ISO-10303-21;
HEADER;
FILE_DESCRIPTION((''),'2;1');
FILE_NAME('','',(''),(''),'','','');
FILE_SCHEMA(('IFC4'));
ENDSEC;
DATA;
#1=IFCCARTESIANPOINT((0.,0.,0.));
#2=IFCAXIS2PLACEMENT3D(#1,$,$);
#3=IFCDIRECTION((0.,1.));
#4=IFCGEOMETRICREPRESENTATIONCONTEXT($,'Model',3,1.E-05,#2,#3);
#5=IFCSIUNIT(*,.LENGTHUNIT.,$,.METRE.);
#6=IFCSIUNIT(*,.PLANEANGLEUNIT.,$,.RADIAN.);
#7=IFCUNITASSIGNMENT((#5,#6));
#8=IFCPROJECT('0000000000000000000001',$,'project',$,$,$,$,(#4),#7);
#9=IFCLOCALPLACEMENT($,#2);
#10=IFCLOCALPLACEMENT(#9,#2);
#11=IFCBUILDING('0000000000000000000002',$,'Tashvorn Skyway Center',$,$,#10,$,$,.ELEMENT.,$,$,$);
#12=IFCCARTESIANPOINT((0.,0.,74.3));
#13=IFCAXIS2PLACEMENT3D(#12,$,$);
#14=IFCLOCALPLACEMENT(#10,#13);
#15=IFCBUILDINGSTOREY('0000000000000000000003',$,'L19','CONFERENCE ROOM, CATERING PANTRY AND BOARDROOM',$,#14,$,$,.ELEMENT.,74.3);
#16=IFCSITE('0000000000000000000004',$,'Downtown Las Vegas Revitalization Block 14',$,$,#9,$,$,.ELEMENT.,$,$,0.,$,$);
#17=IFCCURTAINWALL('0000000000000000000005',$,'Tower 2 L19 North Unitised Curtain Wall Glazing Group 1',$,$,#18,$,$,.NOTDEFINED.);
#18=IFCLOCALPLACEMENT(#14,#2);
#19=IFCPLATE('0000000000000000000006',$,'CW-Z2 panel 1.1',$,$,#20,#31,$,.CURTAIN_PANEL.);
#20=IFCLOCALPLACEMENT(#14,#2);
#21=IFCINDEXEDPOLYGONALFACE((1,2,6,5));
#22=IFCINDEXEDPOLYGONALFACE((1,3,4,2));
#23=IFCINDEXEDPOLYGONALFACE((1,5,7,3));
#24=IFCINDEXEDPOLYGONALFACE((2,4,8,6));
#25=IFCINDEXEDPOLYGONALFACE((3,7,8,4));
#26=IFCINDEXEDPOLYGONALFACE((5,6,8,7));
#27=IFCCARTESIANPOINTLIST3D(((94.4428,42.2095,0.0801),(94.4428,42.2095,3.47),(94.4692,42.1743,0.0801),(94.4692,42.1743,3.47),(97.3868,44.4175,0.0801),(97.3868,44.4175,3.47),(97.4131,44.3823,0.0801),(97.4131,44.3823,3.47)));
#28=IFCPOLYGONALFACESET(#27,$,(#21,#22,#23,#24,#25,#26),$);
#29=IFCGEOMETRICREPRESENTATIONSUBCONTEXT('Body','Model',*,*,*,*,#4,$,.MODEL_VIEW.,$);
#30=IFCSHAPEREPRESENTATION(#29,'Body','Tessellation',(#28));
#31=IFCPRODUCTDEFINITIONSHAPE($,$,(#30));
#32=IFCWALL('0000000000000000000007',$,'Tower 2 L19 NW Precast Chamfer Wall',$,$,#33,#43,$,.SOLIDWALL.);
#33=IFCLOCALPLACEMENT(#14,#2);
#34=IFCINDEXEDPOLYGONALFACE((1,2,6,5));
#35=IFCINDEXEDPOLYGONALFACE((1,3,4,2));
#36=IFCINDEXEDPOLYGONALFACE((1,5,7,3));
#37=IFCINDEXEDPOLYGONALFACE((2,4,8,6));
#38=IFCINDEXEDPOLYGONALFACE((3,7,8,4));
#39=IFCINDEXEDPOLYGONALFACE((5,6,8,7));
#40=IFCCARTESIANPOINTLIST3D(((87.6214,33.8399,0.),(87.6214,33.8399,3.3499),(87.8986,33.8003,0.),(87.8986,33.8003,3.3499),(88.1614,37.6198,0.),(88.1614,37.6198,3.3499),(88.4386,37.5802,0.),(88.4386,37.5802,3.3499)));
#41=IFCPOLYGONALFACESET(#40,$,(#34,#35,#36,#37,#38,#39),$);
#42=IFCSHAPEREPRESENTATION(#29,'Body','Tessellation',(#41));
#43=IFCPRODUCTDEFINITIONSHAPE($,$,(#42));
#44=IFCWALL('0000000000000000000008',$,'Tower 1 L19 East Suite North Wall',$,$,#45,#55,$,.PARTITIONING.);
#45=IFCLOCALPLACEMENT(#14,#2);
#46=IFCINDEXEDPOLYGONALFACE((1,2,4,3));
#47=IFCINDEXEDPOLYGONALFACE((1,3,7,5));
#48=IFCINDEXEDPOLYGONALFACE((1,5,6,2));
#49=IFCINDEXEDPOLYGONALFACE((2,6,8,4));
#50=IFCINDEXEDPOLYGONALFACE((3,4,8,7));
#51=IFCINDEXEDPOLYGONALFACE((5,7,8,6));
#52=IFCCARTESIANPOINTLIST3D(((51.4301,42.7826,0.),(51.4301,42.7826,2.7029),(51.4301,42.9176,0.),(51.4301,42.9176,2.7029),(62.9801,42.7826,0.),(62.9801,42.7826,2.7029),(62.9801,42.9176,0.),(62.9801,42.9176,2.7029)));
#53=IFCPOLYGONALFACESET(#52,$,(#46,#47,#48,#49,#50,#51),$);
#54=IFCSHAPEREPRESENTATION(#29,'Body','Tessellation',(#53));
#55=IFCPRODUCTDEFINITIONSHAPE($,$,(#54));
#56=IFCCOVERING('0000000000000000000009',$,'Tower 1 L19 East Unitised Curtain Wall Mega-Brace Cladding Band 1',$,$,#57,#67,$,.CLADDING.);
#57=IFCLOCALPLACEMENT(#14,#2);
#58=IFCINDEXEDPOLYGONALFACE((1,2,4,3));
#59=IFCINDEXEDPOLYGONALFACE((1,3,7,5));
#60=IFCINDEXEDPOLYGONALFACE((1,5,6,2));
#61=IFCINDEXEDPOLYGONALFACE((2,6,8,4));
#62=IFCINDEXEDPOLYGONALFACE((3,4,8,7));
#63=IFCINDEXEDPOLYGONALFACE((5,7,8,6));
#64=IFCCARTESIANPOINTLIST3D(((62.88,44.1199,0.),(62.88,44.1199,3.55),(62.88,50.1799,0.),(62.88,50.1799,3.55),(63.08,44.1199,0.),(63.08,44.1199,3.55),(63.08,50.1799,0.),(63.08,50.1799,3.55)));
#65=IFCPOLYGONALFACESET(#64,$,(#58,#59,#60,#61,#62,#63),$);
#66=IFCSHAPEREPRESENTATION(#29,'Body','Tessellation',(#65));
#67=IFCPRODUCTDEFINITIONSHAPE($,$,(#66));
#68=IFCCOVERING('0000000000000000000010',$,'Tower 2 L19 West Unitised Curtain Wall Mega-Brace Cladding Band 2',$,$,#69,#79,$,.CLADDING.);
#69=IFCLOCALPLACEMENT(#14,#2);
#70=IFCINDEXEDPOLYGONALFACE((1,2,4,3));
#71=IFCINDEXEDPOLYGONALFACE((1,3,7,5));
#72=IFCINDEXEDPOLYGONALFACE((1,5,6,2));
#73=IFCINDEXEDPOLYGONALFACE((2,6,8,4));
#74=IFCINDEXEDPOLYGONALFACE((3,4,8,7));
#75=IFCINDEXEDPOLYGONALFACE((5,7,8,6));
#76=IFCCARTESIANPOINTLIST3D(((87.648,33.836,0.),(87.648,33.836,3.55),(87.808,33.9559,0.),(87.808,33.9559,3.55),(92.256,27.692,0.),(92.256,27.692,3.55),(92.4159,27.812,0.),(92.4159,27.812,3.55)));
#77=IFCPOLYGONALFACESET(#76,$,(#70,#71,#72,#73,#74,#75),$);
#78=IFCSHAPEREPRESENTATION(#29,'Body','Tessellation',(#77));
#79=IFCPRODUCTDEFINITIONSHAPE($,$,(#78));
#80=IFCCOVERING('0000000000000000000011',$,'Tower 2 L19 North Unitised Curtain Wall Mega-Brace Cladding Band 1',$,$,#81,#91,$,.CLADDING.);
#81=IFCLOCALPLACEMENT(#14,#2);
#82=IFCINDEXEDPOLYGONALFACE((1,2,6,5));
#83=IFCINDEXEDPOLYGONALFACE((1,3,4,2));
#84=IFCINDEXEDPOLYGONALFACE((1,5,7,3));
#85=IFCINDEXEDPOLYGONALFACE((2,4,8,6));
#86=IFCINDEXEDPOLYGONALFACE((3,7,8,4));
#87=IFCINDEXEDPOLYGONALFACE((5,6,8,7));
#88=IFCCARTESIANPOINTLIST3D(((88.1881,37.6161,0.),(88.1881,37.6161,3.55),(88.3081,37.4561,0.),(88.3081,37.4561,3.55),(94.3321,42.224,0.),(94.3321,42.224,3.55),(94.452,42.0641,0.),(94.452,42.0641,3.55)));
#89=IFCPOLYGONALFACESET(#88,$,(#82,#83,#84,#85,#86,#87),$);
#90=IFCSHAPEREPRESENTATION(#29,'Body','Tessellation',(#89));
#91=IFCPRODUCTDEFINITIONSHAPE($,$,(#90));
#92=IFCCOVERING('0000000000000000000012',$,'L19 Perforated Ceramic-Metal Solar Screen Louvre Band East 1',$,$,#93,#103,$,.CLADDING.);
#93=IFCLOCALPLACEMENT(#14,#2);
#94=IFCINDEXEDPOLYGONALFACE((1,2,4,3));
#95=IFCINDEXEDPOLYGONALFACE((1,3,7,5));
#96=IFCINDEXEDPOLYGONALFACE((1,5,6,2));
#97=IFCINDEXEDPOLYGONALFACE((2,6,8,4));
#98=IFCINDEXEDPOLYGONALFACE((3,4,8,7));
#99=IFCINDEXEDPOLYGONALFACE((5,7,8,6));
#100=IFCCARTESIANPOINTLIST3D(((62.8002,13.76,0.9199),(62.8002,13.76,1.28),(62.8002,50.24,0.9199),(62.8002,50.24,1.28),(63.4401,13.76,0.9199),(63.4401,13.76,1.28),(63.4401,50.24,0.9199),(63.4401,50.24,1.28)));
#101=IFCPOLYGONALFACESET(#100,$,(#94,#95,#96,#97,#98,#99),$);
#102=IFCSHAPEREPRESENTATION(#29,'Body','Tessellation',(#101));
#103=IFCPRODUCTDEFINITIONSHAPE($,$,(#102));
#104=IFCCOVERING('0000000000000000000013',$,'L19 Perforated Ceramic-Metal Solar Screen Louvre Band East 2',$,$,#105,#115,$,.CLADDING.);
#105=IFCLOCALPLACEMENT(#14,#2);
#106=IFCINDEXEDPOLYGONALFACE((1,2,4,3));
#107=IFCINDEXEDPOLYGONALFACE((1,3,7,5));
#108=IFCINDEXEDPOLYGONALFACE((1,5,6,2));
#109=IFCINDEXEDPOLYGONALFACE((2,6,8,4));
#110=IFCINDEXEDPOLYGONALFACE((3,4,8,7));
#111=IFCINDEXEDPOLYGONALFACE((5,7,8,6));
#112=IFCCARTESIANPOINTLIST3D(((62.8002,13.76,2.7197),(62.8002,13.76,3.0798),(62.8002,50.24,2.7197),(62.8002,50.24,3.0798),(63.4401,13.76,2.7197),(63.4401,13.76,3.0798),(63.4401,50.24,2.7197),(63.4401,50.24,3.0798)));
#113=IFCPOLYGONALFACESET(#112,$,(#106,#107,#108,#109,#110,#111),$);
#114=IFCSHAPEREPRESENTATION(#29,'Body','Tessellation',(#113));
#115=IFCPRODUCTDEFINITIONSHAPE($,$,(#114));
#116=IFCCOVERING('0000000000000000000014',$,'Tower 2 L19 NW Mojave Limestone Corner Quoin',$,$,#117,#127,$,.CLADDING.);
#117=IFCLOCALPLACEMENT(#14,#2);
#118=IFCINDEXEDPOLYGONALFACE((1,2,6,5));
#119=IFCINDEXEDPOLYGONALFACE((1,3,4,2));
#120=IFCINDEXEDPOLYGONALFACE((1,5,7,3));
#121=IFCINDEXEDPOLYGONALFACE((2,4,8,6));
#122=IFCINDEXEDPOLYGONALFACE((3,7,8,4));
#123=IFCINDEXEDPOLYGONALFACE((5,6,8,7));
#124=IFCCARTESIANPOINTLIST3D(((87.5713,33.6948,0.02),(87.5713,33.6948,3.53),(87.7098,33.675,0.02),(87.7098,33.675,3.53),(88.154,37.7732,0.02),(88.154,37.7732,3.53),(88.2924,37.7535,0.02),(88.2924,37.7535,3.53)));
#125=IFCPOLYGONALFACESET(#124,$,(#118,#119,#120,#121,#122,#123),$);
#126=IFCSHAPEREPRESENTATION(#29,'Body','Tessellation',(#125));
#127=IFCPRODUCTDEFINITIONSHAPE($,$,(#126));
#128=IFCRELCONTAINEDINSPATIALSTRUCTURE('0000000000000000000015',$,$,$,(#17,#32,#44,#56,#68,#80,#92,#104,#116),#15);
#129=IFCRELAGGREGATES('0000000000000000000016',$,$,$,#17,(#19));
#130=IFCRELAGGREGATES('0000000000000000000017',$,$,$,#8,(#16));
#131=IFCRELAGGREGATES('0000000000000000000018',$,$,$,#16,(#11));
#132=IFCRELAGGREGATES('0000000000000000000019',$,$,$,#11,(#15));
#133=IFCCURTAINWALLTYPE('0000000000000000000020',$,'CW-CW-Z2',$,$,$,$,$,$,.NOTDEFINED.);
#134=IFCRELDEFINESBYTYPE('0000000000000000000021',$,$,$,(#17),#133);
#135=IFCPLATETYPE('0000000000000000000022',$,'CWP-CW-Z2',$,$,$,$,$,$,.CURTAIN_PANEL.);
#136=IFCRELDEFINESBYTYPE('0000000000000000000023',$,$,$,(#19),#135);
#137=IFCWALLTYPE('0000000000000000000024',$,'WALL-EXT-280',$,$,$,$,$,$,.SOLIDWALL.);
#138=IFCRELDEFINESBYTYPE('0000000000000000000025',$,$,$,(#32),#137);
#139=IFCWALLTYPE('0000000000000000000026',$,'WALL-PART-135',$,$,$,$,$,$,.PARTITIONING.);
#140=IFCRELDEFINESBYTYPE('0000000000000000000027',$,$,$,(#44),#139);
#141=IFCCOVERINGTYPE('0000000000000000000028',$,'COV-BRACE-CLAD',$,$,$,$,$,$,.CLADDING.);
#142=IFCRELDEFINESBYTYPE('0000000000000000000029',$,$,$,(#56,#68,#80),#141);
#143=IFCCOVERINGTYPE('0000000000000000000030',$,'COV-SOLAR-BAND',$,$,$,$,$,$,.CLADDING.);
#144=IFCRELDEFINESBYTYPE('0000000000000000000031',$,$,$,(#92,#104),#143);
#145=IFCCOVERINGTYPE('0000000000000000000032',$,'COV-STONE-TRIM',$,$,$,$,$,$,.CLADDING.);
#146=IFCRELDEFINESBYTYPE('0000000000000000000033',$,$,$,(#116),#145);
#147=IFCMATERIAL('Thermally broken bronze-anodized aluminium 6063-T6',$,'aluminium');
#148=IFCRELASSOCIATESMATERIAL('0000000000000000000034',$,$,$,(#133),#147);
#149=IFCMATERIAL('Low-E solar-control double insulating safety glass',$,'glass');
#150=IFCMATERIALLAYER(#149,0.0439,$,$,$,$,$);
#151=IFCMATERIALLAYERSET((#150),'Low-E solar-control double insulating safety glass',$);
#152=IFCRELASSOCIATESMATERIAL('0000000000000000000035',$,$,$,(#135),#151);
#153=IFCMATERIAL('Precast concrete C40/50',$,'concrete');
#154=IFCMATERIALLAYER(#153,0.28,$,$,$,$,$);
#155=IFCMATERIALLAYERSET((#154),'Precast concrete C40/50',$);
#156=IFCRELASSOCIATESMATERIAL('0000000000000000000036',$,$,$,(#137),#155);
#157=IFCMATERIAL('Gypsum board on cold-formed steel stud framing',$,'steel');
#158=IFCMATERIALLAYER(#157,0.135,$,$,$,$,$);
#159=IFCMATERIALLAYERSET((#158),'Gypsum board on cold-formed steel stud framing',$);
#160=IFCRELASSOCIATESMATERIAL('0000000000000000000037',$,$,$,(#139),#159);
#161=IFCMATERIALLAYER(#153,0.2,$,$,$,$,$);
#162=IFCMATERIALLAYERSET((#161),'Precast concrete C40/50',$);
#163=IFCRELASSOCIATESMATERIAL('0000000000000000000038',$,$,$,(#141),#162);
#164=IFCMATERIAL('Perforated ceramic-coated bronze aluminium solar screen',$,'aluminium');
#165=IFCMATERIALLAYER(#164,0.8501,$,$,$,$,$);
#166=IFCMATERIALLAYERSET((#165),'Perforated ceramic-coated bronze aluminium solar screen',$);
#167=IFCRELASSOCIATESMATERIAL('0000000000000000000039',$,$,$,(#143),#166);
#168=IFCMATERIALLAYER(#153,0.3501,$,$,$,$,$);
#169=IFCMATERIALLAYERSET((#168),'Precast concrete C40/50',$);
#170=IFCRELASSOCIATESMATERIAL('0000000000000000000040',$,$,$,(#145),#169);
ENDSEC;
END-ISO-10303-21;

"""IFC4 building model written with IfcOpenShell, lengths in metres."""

from ifc_helpers import new_model, si_unit, direction, frame, frame_2d, origin, origin_2d, place, context, subcontext, project, spatial, rectangle, extrude, material, layer, layer_set, type_object, element, aggregate, save


model = new_model("IFC4")

# Units and contexts
model_context = context("Model", 3, precision=1e-05, world=origin(), true_north=direction((0.0, 1.0)))
body_context = subcontext(model_context, "Body", "Model", "MODEL_VIEW")
ifc_project = project(units=[si_unit("LENGTHUNIT", "METRE"), si_unit("PLANEANGLEUNIT", "RADIAN")], contexts=[model_context])

# Site, building, storey
site_placement = place(None, origin())
site = spatial("IfcSite", under=ifc_project, at=site_placement, Name="Downtown Las Vegas Revitalization Block 14", CompositionType="ELEMENT", RefElevation=0.0)
building_placement = place(site_placement, origin())
building = spatial("IfcBuilding", under=site, at=building_placement, Name="Tashvorn Skyway Center", CompositionType="ELEMENT")
storey_placement = place(building_placement, frame((0.0, 0.0, 74.3)))
storey = spatial("IfcBuildingStorey", under=building, at=storey_placement, Name="L19", Description="CONFERENCE ROOM, CATERING PANTRY AND BOARDROOM", CompositionType="ELEMENT", Elevation=74.3)

# Curtain wall
ifc_material_1 = material(Name="Thermally broken bronze-anodized aluminium 6063-T6", Category="aluminium")
curtain_wall_type = type_object("IfcCurtainWallType", Name="CW-CW-Z2", PredefinedType="NOTDEFINED", material=ifc_material_1)
curtain_wall_1_placement = place(storey_placement, origin())
curtain_wall_1 = element("IfcCurtainWall", 1, at=curtain_wall_1_placement, inside=storey, type_object=curtain_wall_type, Name="Tower 2 L19 North Unitised Curtain Wall Glazing Group 1", PredefinedType="NOTDEFINED")

# Plate
ifc_material_2 = material(Name="Low-E solar-control double insulating safety glass", Category="glass")
ifc_layer_1 = layer(ifc_material_2, 0.0439)
ifc_layer_set_1 = layer_set([ifc_layer_1], Name="Low-E solar-control double insulating safety glass")
plate_type = type_object("IfcPlateType", Name="CWP-CW-Z2", PredefinedType="CURTAIN_PANEL", material=ifc_layer_set_1)
plate_1_placement = place(storey_placement, frame((95.928, 43.2959, 0.0801), z_axis=(0.0, 0.0, 1.0), x_axis=(0.8, 0.6, 0.0)))
plate_1 = element("IfcPlate", 2, at=plate_1_placement, type_object=plate_type, Name="CW-Z2 panel 1.1", PredefinedType="CURTAIN_PANEL", context=body_context, shape_type="SweptSolid", body=[
    extrude(rectangle(XDim=3.6799, YDim=0.0439, at=origin_2d()), origin(), (0.0, 0.0, 1.0), 3.3899),
])
aggregate(curtain_wall_1, [plate_1])

# Walls
ifc_material_3 = material(Name="Precast concrete C40/50", Category="concrete")
ifc_layer_2 = layer(ifc_material_3, 0.28)
ifc_layer_set_2 = layer_set([ifc_layer_2], Name="Precast concrete C40/50")
wall_type_1 = type_object("IfcWallType", Name="WALL-EXT-280", PredefinedType="SOLIDWALL", material=ifc_layer_set_2)
wall_1_placement = place(storey_placement, frame((87.76, 33.8201, 0.0), z_axis=(0.0, 0.0, 1.0), x_axis=(0.14143, 0.989948, 0.0)))
element("IfcWall", 3, at=wall_1_placement, inside=storey, type_object=wall_type_1, Name="Tower 2 L19 NW Precast Chamfer Wall", PredefinedType="SOLIDWALL", context=body_context, shape_type="SweptSolid", body=[
    extrude(rectangle(XDim=3.8184, YDim=0.28, at=frame_2d((1.9092, 0.0))), origin(), (0.0, 0.0, 1.0), 3.3499),
])
ifc_material_4 = material(Name="Gypsum board on cold-formed steel stud framing", Category="steel")
ifc_layer_3 = layer(ifc_material_4, 0.135)
ifc_layer_set_3 = layer_set([ifc_layer_3], Name="Gypsum board on cold-formed steel stud framing")
wall_type_2 = type_object("IfcWallType", Name="WALL-PART-135", PredefinedType="PARTITIONING", material=ifc_layer_set_3)
wall_2_placement = place(storey_placement, frame((62.98, 42.8501, 0.0), z_axis=(0.0, 0.0, 1.0), x_axis=(-1.0, 0.0, 0.0)))
element("IfcWall", 4, at=wall_2_placement, inside=storey, type_object=wall_type_2, Name="Tower 1 L19 East Suite North Wall", PredefinedType="PARTITIONING", context=body_context, shape_type="SweptSolid", body=[
    extrude(rectangle(XDim=11.55, YDim=0.135, at=frame_2d((5.7749, 0.0))), origin(), (0.0, 0.0, 1.0), 2.7029),
])

# Coverings
ifc_layer_4 = layer(ifc_material_3, 0.2)
ifc_layer_set_4 = layer_set([ifc_layer_4], Name="Precast concrete C40/50")
covering_type_1 = type_object("IfcCoveringType", Name="COV-BRACE-CLAD", PredefinedType="CLADDING", material=ifc_layer_set_4)
covering_1_placement = place(storey_placement, frame((62.98, 47.1499, 0.0), z_axis=(0.0, 0.0, 1.0), x_axis=(0.0, -1.0, 0.0)))
element("IfcCovering", 5, at=covering_1_placement, inside=storey, type_object=covering_type_1, Name="Tower 1 L19 East Unitised Curtain Wall Mega-Brace Cladding Band 1", PredefinedType="CLADDING", context=body_context, shape_type="SweptSolid", body=[
    extrude(rectangle(XDim=6.0601, YDim=0.2, at=origin_2d()), origin(), (0.0, 0.0, 1.0), 3.55),
])
for number, where, z_axis, x_axis, name in (
    (6, (90.032, 30.824, 0.0), (0.0, 0.0, 1.0), (-0.6, 0.8, 0.0), "Tower 2 L19 West Unitised Curtain Wall Mega-Brace Cladding Band 2"),
    (7, (91.3201, 39.8401, 0.0), (0.0, 0.0, 1.0), (0.8, 0.6, 0.0), "Tower 2 L19 North Unitised Curtain Wall Mega-Brace Cladding Band 1"),
):
    element("IfcCovering", number, at=place(storey_placement, frame(where, z_axis=z_axis, x_axis=x_axis)), inside=storey, type_object=covering_type_1, Name=name, PredefinedType="CLADDING", context=body_context, shape_type="SweptSolid", body=[
        extrude(rectangle(XDim=7.6799, YDim=0.2, at=origin_2d()), origin(), (0.0, 0.0, 1.0), 3.55),
    ])
ifc_material_5 = material(Name="Perforated ceramic-coated bronze aluminium solar screen", Category="aluminium")
ifc_layer_5 = layer(ifc_material_5, 0.8501)
ifc_layer_set_5 = layer_set([ifc_layer_5], Name="Perforated ceramic-coated bronze aluminium solar screen")
covering_type_2 = type_object("IfcCoveringType", Name="COV-SOLAR-BAND", PredefinedType="CLADDING", material=ifc_layer_set_5)
for number, where, z_axis, x_axis, name in (
    (8, (63.1201, 32.0, 0.9199), (0.0, 0.0, 1.0), (0.0, -1.0, 0.0), "L19 Perforated Ceramic-Metal Solar Screen Louvre Band East 1"),
    (9, (63.1201, 32.0, 2.7197), (0.0, 0.0, 1.0), (0.0, -1.0, 0.0), "L19 Perforated Ceramic-Metal Solar Screen Louvre Band East 2"),
):
    element("IfcCovering", number, at=place(storey_placement, frame(where, z_axis=z_axis, x_axis=x_axis)), inside=storey, type_object=covering_type_2, Name=name, PredefinedType="CLADDING", context=body_context, shape_type="SweptSolid", body=[
        extrude(rectangle(XDim=36.48, YDim=0.6399, at=origin_2d()), origin(), (0.0, 0.0, 1.0), 0.3601),
    ])
ifc_layer_6 = layer(ifc_material_3, 0.3501)
ifc_layer_set_6 = layer_set([ifc_layer_6], Name="Precast concrete C40/50")
covering_type_3 = type_object("IfcCoveringType", Name="COV-STONE-TRIM", PredefinedType="CLADDING", material=ifc_layer_set_6)
covering_2_placement = place(storey_placement, frame((87.9319, 35.7241, 0.02), z_axis=(0.0, 0.0, 1.0), x_axis=(-0.141421, -0.989949, 0.0)))
element("IfcCovering", 10, at=covering_2_placement, inside=storey, type_object=covering_type_3, Name="Tower 2 L19 NW Mojave Limestone Corner Quoin", PredefinedType="CLADDING", context=body_context, shape_type="SweptSolid", body=[
    extrude(rectangle(XDim=4.1199, YDim=0.1399, at=origin_2d()), origin(), (0.0, 0.0, 1.0), 3.51),
])

save(model, "model.ifc")
